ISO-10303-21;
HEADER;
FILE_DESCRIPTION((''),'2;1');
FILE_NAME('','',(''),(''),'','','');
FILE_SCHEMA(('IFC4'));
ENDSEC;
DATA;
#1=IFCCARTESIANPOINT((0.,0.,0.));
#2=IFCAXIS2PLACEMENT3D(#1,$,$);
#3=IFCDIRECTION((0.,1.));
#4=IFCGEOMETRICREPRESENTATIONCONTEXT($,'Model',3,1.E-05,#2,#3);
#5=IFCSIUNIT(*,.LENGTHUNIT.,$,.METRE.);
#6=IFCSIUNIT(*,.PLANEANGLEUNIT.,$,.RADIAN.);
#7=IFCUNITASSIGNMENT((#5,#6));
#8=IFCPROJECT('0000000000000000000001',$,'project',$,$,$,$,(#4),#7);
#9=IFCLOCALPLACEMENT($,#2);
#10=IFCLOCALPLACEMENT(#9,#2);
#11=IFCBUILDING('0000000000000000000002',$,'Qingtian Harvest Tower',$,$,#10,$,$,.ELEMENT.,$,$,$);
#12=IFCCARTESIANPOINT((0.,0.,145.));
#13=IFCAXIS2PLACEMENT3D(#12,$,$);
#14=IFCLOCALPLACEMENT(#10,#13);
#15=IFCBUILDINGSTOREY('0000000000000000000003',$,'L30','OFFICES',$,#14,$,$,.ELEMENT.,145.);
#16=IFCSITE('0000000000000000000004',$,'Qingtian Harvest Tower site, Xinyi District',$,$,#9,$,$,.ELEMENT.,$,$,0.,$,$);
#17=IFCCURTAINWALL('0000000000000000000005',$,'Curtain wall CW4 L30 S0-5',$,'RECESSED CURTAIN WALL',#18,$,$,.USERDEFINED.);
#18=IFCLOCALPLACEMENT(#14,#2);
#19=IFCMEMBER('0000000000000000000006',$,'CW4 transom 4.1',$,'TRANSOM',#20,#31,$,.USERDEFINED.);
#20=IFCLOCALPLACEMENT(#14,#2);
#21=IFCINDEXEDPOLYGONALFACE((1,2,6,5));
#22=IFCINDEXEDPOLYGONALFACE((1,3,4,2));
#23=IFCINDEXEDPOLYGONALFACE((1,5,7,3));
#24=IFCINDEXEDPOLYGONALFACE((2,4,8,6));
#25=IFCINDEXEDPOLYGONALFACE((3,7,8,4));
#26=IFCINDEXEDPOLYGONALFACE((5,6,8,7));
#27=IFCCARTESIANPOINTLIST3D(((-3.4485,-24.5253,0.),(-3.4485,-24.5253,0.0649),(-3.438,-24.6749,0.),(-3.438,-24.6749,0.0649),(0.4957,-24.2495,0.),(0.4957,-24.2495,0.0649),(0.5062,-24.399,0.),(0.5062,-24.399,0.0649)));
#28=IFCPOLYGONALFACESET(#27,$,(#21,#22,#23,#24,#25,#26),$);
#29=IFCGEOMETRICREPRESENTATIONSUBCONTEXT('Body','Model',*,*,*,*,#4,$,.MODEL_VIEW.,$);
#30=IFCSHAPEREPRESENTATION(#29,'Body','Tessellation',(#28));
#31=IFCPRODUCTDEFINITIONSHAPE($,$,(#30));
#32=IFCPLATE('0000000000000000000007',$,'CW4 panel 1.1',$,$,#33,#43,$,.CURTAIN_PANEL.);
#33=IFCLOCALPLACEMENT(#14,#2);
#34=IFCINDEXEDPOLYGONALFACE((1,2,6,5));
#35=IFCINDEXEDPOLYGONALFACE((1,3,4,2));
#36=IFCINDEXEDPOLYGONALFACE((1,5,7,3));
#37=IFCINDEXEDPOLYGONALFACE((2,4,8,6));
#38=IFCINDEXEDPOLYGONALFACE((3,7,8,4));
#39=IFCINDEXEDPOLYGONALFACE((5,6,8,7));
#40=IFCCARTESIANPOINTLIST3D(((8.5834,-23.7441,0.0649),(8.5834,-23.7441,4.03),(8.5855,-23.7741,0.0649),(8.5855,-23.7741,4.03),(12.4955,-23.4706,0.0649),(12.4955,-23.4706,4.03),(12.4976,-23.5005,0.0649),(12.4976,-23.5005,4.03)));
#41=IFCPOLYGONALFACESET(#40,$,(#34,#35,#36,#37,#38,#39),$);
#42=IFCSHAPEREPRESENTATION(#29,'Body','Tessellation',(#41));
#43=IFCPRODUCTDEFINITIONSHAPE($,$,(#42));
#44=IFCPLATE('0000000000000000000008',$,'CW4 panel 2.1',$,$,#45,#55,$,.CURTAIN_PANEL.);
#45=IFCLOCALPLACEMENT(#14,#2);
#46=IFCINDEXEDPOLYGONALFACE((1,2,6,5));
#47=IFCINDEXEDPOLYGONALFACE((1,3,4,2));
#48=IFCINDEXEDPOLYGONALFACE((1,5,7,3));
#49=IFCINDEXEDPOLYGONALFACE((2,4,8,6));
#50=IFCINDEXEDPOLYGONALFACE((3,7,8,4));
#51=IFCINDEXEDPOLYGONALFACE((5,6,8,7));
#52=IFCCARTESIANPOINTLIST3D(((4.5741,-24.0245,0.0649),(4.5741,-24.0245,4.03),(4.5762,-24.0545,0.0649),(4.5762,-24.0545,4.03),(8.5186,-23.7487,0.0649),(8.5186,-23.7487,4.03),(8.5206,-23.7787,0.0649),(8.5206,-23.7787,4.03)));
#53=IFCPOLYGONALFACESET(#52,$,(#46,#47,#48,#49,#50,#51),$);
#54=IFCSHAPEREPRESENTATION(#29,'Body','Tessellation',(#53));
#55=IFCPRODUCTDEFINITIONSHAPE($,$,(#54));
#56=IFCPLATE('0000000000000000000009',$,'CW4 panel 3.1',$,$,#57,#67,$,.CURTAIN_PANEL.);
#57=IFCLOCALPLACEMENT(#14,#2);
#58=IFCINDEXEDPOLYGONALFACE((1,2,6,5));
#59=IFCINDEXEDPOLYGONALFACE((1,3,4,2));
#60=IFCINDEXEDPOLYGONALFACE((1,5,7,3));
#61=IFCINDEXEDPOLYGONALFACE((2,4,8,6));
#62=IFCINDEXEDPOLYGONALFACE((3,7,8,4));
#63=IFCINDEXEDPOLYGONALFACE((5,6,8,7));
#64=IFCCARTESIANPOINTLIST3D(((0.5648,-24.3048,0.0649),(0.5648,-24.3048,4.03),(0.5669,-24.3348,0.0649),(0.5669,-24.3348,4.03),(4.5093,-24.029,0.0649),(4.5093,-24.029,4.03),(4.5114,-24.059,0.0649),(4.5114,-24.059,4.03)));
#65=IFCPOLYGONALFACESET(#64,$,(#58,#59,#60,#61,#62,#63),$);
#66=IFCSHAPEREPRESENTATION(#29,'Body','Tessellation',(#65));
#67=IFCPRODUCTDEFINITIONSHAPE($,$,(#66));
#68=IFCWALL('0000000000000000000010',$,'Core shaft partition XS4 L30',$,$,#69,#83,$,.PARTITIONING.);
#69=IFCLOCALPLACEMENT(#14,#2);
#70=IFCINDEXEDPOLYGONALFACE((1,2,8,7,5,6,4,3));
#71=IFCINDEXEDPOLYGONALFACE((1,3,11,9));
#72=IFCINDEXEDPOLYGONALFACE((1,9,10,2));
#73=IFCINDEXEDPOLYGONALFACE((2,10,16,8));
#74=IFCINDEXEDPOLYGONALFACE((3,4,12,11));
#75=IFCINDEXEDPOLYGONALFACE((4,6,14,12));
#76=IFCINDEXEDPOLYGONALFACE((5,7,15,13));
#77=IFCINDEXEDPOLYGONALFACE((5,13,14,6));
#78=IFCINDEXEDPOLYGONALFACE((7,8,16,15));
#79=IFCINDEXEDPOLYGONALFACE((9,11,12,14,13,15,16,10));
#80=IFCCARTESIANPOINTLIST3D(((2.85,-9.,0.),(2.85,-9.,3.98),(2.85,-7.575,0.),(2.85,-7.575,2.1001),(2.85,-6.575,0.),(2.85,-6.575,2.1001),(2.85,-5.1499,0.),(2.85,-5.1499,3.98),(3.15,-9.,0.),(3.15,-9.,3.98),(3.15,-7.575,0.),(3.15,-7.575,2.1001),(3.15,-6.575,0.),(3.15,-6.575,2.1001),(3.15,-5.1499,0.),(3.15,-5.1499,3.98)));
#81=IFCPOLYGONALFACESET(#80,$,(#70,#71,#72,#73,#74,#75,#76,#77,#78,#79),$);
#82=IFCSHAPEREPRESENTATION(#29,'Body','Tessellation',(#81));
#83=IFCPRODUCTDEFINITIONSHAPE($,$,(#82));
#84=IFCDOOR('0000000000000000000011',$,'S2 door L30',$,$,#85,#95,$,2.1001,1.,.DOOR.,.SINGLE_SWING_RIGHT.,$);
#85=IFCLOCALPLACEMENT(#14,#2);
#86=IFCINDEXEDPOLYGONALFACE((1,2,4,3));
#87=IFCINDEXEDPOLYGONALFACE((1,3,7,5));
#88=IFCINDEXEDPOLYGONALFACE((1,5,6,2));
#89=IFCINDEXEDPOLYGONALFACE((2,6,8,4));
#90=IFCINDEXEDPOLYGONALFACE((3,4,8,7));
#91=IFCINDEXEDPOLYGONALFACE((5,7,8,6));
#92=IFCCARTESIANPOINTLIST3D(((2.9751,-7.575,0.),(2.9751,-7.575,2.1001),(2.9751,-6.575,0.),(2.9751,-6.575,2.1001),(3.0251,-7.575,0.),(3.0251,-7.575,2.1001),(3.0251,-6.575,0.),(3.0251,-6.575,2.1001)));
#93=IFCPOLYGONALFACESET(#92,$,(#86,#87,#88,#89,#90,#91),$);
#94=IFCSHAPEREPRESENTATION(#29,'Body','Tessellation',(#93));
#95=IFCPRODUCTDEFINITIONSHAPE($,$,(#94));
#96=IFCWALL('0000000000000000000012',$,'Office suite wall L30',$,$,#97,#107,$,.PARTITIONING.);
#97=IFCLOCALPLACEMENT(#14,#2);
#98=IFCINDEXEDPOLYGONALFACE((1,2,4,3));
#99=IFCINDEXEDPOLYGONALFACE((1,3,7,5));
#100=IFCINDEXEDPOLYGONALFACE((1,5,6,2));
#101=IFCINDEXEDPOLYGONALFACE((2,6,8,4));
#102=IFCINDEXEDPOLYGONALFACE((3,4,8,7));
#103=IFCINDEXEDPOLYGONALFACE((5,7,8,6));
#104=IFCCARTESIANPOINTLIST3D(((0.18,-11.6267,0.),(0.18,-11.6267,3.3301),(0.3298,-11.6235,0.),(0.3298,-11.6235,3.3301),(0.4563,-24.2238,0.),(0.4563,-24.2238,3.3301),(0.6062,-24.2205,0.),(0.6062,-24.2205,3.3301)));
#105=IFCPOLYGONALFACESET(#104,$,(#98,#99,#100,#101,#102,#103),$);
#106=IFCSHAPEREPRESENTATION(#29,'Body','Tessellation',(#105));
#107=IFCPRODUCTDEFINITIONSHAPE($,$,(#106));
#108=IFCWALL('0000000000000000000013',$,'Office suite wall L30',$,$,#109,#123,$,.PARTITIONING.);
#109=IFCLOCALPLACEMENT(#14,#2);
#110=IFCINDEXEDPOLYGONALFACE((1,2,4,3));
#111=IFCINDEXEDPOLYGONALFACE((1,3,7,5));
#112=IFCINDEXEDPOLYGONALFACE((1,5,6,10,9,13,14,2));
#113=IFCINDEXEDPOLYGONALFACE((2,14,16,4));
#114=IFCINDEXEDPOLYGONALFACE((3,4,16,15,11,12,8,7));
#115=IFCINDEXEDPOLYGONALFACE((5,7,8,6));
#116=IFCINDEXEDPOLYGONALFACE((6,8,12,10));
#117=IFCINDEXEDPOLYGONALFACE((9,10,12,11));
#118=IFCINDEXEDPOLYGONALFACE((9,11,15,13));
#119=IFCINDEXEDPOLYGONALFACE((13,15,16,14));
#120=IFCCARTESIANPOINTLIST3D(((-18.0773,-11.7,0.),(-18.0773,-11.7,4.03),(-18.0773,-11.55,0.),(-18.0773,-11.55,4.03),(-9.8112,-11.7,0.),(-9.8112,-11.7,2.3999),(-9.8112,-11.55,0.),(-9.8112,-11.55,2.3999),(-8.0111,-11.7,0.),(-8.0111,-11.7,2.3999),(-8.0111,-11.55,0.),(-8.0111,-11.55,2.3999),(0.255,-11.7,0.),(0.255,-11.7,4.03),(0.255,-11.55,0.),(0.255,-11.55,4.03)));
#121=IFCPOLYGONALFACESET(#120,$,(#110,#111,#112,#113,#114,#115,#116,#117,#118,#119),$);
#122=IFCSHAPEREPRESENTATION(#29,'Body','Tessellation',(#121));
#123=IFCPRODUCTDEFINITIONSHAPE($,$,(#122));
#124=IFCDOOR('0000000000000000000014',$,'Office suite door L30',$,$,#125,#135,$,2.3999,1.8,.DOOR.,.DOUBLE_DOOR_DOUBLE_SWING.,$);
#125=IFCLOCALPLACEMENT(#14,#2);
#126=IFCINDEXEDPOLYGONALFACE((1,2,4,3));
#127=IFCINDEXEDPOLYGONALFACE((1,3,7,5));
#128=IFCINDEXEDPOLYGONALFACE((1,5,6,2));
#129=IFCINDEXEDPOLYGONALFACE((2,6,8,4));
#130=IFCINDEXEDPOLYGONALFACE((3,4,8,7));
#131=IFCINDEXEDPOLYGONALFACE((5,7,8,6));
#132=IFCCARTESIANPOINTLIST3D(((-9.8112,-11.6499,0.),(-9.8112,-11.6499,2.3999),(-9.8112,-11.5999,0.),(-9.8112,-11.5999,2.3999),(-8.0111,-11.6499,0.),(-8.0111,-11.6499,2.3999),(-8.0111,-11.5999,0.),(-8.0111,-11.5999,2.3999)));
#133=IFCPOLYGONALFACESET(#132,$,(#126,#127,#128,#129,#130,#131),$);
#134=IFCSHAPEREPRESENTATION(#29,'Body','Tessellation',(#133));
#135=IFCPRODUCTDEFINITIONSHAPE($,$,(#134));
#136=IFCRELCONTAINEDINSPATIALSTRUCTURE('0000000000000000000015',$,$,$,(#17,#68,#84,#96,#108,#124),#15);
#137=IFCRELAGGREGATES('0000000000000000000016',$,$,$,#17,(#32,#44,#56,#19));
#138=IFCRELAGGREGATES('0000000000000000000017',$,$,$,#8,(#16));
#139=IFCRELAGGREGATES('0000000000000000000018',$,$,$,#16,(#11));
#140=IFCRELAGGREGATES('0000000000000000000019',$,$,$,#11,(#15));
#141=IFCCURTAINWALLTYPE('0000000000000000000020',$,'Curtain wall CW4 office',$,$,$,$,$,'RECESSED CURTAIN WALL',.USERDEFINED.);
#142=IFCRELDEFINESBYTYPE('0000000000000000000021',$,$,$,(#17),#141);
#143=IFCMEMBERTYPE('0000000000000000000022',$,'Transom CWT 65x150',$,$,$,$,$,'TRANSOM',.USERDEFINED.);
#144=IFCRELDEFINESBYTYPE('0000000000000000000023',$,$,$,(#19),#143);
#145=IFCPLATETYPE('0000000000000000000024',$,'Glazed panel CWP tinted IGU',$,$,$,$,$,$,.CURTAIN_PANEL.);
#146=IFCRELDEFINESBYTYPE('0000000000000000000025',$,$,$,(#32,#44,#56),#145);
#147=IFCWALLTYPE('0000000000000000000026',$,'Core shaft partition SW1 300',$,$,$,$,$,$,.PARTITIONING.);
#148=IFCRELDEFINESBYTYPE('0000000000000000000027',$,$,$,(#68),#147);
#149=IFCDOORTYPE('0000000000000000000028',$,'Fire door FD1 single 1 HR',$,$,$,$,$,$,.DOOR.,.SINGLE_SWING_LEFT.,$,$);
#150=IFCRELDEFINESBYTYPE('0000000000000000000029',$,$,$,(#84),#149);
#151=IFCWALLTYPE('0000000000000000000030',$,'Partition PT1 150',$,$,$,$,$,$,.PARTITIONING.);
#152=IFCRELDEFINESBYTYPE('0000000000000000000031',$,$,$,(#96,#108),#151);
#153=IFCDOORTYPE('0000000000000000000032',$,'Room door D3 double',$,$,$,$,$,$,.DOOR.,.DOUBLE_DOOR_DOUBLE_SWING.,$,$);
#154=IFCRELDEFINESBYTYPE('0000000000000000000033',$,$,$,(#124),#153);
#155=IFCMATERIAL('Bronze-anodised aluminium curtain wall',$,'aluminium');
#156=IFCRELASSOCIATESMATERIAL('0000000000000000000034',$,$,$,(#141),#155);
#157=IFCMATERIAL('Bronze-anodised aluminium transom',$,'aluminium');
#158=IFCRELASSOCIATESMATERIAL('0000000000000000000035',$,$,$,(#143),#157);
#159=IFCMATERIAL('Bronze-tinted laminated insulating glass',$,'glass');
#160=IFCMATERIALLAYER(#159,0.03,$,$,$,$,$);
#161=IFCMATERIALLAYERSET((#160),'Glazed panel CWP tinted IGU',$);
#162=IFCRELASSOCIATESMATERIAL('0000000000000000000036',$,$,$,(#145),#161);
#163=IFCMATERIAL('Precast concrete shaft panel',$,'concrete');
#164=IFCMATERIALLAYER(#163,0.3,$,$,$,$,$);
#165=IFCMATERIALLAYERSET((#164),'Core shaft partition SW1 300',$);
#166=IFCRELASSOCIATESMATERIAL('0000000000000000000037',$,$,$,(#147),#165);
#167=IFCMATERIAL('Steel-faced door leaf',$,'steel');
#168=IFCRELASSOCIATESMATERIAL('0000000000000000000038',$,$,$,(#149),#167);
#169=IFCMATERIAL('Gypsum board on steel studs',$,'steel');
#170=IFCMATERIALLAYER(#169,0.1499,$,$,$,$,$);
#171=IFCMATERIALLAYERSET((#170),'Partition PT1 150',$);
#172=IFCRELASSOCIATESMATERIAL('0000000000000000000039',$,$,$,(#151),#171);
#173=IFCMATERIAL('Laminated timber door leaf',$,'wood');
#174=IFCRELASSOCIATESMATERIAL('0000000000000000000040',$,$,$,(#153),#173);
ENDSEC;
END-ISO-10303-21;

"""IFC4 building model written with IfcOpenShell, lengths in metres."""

from ifc_helpers import new_model, si_unit, direction, frame, frame_2d, origin, origin_2d, place, context, subcontext, project, spatial, rectangle, extrude, material, layer, layer_set, material_profile, profile_set, type_object, element, fill, aggregate, save


model = new_model("IFC4")

# Units and contexts
model_context = context("Model", 3, precision=1e-05, world=origin(), true_north=direction((0.0, 1.0)))
body_context = subcontext(model_context, "Body", "Model", "MODEL_VIEW")
ifc_project = project(units=[si_unit("LENGTHUNIT", "METRE"), si_unit("PLANEANGLEUNIT", "RADIAN")], contexts=[model_context])

# Site, building, storey
site_placement = place(None, origin())
site = spatial("IfcSite", under=ifc_project, at=site_placement, Name="Qingtian Harvest Tower site, Xinyi District", CompositionType="ELEMENT", RefElevation=0.0)
building_placement = place(site_placement, origin())
building = spatial("IfcBuilding", under=site, at=building_placement, Name="Qingtian Harvest Tower", CompositionType="ELEMENT")
storey_placement = place(building_placement, frame((0.0, 0.0, 145.0)))
storey = spatial("IfcBuildingStorey", under=building, at=storey_placement, Name="L30", Description="OFFICES", CompositionType="ELEMENT", Elevation=145.0)

# Shared definitions
ifc_material_1 = material(Name="Bronze-anodised aluminium curtain wall", Category="aluminium")
curtain_wall_type = type_object("IfcCurtainWallType", Name="Curtain wall CW4 office", ElementType="RECESSED CURTAIN WALL", PredefinedType="USERDEFINED", material=ifc_material_1)

# Curtain wall
curtain_wall_1_placement = place(storey_placement, origin())
curtain_wall_1 = element("IfcCurtainWall", 1, at=curtain_wall_1_placement, inside=storey, type_object=curtain_wall_type, Name="Curtain wall CW4 L30 S0-5", ObjectType="RECESSED CURTAIN WALL", PredefinedType="USERDEFINED")

# Member
ifc_material_2 = material(Name="Bronze-anodised aluminium transom", Category="aluminium")
ifc_material_profile_1 = material_profile(ifc_material_2, rectangle(XDim=0.1499, YDim=0.0649, at=origin_2d()), Name="AL 65x150")
ifc_profile_set_1 = profile_set([ifc_material_profile_1], Name="Bronze-anodised aluminium transom")
member_type_1 = type_object("IfcMemberType", Name="Transom CWT 65x150", ElementType="TRANSOM", PredefinedType="USERDEFINED", material=ifc_profile_set_1)
member_1_placement = place(storey_placement, frame((0.501, -24.3242, 0.0325), z_axis=(-0.997563, -0.069773, 0.0), x_axis=(0.069773, -0.997563, 0.0)))
member_1 = element("IfcMember", 2, at=member_1_placement, type_object=member_type_1, Name="CW4 transom 4.1", ObjectType="TRANSOM", PredefinedType="USERDEFINED", context=body_context, shape_type="SweptSolid", body=[
    extrude(rectangle(XDim=0.1499, YDim=0.0649, at=origin_2d()), origin(), (0.0, 0.0, 1.0), 3.9539),
])

# Plates
ifc_material_3 = material(Name="Bronze-tinted laminated insulating glass", Category="glass")
ifc_layer_1 = layer(ifc_material_3, 0.03)
ifc_layer_set_1 = layer_set([ifc_layer_1], Name="Glazed panel CWP tinted IGU")
plate_type = type_object("IfcPlateType", Name="Glazed panel CWP tinted IGU", PredefinedType="CURTAIN_PANEL", material=ifc_layer_set_1)
plate_1_placement = place(storey_placement, frame((10.5405, -23.6223, 0.0649), z_axis=(0.0, 0.0, 1.0), x_axis=(-0.997564, -0.069756, 0.0)))
plate_1 = element("IfcPlate", 3, at=plate_1_placement, type_object=plate_type, Name="CW4 panel 1.1", PredefinedType="CURTAIN_PANEL", context=body_context, shape_type="SweptSolid", body=[
    extrude(rectangle(XDim=3.9216, YDim=0.03, at=origin_2d()), origin(), (0.0, 0.0, 1.0), 3.9651),
])
plate_2_placement = place(storey_placement, frame((6.5474, -23.9016, 0.0649), z_axis=(0.0, 0.0, 1.0), x_axis=(-0.997564, -0.069756, 0.0)))
plate_2 = element("IfcPlate", 4, at=plate_2_placement, type_object=plate_type, Name="CW4 panel 2.1", PredefinedType="CURTAIN_PANEL", context=body_context, shape_type="SweptSolid", body=[
    extrude(rectangle(XDim=3.9541, YDim=0.03, at=origin_2d()), origin(), (0.0, 0.0, 1.0), 3.9651),
])
plate_3_placement = place(storey_placement, frame((2.5381, -24.1819, 0.0649), z_axis=(0.0, 0.0, 1.0), x_axis=(-0.997564, -0.069756, 0.0)))
plate_3 = element("IfcPlate", 5, at=plate_3_placement, type_object=plate_type, Name="CW4 panel 3.1", PredefinedType="CURTAIN_PANEL", context=body_context, shape_type="SweptSolid", body=[
    extrude(rectangle(XDim=3.9541, YDim=0.03, at=origin_2d()), origin(), (0.0, 0.0, 1.0), 3.9651),
])
aggregate(curtain_wall_1, [plate_1, plate_2, plate_3, member_1])

# Wall, opening, door
ifc_material_4 = material(Name="Precast concrete shaft panel", Category="concrete")
ifc_layer_2 = layer(ifc_material_4, 0.3)
ifc_layer_set_2 = layer_set([ifc_layer_2], Name="Core shaft partition SW1 300")
wall_type_1 = type_object("IfcWallType", Name="Core shaft partition SW1 300", PredefinedType="PARTITIONING", material=ifc_layer_set_2)
wall_1_placement = place(storey_placement, frame((3.0, -9.0, 0.0), z_axis=(0.0, 0.0, 1.0), x_axis=(0.0, 1.0, 0.0)))
wall_1 = element("IfcWall", 6, at=wall_1_placement, inside=storey, type_object=wall_type_1, Name="Core shaft partition XS4 L30", PredefinedType="PARTITIONING", context=body_context, shape_type="SweptSolid", body=[
    extrude(rectangle(XDim=3.8501, YDim=0.3, at=frame_2d((1.925, 0.0))), origin(), (0.0, 0.0, 1.0), 3.98),
])
opening_1_placement = place(wall_1_placement, frame((1.425, 0.0, 0.0)))
opening_1 = element("IfcOpeningElement", 7, at=opening_1_placement, cuts=wall_1, PredefinedType="OPENING", context=body_context, shape_type="SweptSolid", body=[
    extrude(rectangle(XDim=1.0, YDim=2.1001, at=frame_2d((0.5, 1.05))), frame((0.0, 0.1599, 0.0), z_axis=(0.0, -1.0, 0.0), x_axis=(1.0, 0.0, 0.0)), (0.0, 0.0, 1.0), 0.3201),
])
ifc_material_5 = material(Name="Steel-faced door leaf", Category="steel")
door_type_1 = type_object("IfcDoorType", Name="Fire door FD1 single 1 HR", OperationType="SINGLE_SWING_LEFT", PredefinedType="DOOR", material=ifc_material_5)
door_1_placement = place(opening_1_placement, origin())
door_1 = element("IfcDoor", 8, at=door_1_placement, inside=storey, type_object=door_type_1, Name="S2 door L30", OperationType="SINGLE_SWING_RIGHT", OverallHeight=2.1001, OverallWidth=1.0, PredefinedType="DOOR", context=body_context, shape_type="SweptSolid", body=[
    extrude(rectangle(XDim=1.0, YDim=2.1001, at=frame_2d((0.5, 1.05))), frame((0.0, 0.0249, 0.0), z_axis=(0.0, -1.0, 0.0), x_axis=(1.0, 0.0, 0.0)), (0.0, 0.0, 1.0), 0.05),
])
fill(opening_1, door_1)

# Wall
ifc_material_6 = material(Name="Gypsum board on steel studs", Category="steel")
ifc_layer_3 = layer(ifc_material_6, 0.1499)
ifc_layer_set_3 = layer_set([ifc_layer_3], Name="Partition PT1 150")
wall_type_2 = type_object("IfcWallType", Name="Partition PT1 150", PredefinedType="PARTITIONING", material=ifc_layer_set_3)
wall_2_placement = place(storey_placement, frame((0.5312, -24.2222, 0.0), z_axis=(0.0, 0.0, 1.0), x_axis=(-0.021934, 0.999759, 0.0)))
element("IfcWall", 9, at=wall_2_placement, inside=storey, type_object=wall_type_2, Name="Office suite wall L30", PredefinedType="PARTITIONING", context=body_context, shape_type="SweptSolid", body=[
    extrude(rectangle(XDim=12.6001, YDim=0.1499, at=frame_2d((6.3, 0.0))), origin(), (0.0, 0.0, 1.0), 3.3301),
])

# Wall, opening, door
wall_3_placement = place(storey_placement, frame((0.2549, -11.625, 0.0), z_axis=(0.0, 0.0, 1.0), x_axis=(-1.0, 0.0, 0.0)))
wall_3 = element("IfcWall", 10, at=wall_3_placement, inside=storey, type_object=wall_type_2, Name="Office suite wall L30", PredefinedType="PARTITIONING", context=body_context, shape_type="SweptSolid", body=[
    extrude(rectangle(XDim=18.3323, YDim=0.1499, at=frame_2d((9.166, 0.0))), origin(), (0.0, 0.0, 1.0), 4.03),
])
opening_2_placement = place(wall_3_placement, frame((8.2661, 0.0, 0.0)))
opening_2 = element("IfcOpeningElement", 11, at=opening_2_placement, cuts=wall_3, PredefinedType="OPENING", context=body_context, shape_type="SweptSolid", body=[
    extrude(rectangle(XDim=1.8, YDim=2.3999, at=frame_2d((0.8999, 1.2))), frame((0.0, 0.085, 0.0), z_axis=(0.0, -1.0, 0.0), x_axis=(1.0, 0.0, 0.0)), (0.0, 0.0, 1.0), 0.1699),
])
ifc_material_7 = material(Name="Laminated timber door leaf", Category="wood")
door_type_2 = type_object("IfcDoorType", Name="Room door D3 double", OperationType="DOUBLE_DOOR_DOUBLE_SWING", PredefinedType="DOOR", material=ifc_material_7)
door_2_placement = place(opening_2_placement, origin())
door_2 = element("IfcDoor", 12, at=door_2_placement, inside=storey, type_object=door_type_2, Name="Office suite door L30", OperationType="DOUBLE_DOOR_DOUBLE_SWING", OverallHeight=2.3999, OverallWidth=1.8, PredefinedType="DOOR", context=body_context, shape_type="SweptSolid", body=[
    extrude(rectangle(XDim=1.8, YDim=2.3999, at=frame_2d((0.8999, 1.2))), frame((0.0, 0.0249, 0.0), z_axis=(0.0, -1.0, 0.0), x_axis=(1.0, 0.0, 0.0)), (0.0, 0.0, 1.0), 0.05),
])
fill(opening_2, door_2)

save(model, "model.ifc")
